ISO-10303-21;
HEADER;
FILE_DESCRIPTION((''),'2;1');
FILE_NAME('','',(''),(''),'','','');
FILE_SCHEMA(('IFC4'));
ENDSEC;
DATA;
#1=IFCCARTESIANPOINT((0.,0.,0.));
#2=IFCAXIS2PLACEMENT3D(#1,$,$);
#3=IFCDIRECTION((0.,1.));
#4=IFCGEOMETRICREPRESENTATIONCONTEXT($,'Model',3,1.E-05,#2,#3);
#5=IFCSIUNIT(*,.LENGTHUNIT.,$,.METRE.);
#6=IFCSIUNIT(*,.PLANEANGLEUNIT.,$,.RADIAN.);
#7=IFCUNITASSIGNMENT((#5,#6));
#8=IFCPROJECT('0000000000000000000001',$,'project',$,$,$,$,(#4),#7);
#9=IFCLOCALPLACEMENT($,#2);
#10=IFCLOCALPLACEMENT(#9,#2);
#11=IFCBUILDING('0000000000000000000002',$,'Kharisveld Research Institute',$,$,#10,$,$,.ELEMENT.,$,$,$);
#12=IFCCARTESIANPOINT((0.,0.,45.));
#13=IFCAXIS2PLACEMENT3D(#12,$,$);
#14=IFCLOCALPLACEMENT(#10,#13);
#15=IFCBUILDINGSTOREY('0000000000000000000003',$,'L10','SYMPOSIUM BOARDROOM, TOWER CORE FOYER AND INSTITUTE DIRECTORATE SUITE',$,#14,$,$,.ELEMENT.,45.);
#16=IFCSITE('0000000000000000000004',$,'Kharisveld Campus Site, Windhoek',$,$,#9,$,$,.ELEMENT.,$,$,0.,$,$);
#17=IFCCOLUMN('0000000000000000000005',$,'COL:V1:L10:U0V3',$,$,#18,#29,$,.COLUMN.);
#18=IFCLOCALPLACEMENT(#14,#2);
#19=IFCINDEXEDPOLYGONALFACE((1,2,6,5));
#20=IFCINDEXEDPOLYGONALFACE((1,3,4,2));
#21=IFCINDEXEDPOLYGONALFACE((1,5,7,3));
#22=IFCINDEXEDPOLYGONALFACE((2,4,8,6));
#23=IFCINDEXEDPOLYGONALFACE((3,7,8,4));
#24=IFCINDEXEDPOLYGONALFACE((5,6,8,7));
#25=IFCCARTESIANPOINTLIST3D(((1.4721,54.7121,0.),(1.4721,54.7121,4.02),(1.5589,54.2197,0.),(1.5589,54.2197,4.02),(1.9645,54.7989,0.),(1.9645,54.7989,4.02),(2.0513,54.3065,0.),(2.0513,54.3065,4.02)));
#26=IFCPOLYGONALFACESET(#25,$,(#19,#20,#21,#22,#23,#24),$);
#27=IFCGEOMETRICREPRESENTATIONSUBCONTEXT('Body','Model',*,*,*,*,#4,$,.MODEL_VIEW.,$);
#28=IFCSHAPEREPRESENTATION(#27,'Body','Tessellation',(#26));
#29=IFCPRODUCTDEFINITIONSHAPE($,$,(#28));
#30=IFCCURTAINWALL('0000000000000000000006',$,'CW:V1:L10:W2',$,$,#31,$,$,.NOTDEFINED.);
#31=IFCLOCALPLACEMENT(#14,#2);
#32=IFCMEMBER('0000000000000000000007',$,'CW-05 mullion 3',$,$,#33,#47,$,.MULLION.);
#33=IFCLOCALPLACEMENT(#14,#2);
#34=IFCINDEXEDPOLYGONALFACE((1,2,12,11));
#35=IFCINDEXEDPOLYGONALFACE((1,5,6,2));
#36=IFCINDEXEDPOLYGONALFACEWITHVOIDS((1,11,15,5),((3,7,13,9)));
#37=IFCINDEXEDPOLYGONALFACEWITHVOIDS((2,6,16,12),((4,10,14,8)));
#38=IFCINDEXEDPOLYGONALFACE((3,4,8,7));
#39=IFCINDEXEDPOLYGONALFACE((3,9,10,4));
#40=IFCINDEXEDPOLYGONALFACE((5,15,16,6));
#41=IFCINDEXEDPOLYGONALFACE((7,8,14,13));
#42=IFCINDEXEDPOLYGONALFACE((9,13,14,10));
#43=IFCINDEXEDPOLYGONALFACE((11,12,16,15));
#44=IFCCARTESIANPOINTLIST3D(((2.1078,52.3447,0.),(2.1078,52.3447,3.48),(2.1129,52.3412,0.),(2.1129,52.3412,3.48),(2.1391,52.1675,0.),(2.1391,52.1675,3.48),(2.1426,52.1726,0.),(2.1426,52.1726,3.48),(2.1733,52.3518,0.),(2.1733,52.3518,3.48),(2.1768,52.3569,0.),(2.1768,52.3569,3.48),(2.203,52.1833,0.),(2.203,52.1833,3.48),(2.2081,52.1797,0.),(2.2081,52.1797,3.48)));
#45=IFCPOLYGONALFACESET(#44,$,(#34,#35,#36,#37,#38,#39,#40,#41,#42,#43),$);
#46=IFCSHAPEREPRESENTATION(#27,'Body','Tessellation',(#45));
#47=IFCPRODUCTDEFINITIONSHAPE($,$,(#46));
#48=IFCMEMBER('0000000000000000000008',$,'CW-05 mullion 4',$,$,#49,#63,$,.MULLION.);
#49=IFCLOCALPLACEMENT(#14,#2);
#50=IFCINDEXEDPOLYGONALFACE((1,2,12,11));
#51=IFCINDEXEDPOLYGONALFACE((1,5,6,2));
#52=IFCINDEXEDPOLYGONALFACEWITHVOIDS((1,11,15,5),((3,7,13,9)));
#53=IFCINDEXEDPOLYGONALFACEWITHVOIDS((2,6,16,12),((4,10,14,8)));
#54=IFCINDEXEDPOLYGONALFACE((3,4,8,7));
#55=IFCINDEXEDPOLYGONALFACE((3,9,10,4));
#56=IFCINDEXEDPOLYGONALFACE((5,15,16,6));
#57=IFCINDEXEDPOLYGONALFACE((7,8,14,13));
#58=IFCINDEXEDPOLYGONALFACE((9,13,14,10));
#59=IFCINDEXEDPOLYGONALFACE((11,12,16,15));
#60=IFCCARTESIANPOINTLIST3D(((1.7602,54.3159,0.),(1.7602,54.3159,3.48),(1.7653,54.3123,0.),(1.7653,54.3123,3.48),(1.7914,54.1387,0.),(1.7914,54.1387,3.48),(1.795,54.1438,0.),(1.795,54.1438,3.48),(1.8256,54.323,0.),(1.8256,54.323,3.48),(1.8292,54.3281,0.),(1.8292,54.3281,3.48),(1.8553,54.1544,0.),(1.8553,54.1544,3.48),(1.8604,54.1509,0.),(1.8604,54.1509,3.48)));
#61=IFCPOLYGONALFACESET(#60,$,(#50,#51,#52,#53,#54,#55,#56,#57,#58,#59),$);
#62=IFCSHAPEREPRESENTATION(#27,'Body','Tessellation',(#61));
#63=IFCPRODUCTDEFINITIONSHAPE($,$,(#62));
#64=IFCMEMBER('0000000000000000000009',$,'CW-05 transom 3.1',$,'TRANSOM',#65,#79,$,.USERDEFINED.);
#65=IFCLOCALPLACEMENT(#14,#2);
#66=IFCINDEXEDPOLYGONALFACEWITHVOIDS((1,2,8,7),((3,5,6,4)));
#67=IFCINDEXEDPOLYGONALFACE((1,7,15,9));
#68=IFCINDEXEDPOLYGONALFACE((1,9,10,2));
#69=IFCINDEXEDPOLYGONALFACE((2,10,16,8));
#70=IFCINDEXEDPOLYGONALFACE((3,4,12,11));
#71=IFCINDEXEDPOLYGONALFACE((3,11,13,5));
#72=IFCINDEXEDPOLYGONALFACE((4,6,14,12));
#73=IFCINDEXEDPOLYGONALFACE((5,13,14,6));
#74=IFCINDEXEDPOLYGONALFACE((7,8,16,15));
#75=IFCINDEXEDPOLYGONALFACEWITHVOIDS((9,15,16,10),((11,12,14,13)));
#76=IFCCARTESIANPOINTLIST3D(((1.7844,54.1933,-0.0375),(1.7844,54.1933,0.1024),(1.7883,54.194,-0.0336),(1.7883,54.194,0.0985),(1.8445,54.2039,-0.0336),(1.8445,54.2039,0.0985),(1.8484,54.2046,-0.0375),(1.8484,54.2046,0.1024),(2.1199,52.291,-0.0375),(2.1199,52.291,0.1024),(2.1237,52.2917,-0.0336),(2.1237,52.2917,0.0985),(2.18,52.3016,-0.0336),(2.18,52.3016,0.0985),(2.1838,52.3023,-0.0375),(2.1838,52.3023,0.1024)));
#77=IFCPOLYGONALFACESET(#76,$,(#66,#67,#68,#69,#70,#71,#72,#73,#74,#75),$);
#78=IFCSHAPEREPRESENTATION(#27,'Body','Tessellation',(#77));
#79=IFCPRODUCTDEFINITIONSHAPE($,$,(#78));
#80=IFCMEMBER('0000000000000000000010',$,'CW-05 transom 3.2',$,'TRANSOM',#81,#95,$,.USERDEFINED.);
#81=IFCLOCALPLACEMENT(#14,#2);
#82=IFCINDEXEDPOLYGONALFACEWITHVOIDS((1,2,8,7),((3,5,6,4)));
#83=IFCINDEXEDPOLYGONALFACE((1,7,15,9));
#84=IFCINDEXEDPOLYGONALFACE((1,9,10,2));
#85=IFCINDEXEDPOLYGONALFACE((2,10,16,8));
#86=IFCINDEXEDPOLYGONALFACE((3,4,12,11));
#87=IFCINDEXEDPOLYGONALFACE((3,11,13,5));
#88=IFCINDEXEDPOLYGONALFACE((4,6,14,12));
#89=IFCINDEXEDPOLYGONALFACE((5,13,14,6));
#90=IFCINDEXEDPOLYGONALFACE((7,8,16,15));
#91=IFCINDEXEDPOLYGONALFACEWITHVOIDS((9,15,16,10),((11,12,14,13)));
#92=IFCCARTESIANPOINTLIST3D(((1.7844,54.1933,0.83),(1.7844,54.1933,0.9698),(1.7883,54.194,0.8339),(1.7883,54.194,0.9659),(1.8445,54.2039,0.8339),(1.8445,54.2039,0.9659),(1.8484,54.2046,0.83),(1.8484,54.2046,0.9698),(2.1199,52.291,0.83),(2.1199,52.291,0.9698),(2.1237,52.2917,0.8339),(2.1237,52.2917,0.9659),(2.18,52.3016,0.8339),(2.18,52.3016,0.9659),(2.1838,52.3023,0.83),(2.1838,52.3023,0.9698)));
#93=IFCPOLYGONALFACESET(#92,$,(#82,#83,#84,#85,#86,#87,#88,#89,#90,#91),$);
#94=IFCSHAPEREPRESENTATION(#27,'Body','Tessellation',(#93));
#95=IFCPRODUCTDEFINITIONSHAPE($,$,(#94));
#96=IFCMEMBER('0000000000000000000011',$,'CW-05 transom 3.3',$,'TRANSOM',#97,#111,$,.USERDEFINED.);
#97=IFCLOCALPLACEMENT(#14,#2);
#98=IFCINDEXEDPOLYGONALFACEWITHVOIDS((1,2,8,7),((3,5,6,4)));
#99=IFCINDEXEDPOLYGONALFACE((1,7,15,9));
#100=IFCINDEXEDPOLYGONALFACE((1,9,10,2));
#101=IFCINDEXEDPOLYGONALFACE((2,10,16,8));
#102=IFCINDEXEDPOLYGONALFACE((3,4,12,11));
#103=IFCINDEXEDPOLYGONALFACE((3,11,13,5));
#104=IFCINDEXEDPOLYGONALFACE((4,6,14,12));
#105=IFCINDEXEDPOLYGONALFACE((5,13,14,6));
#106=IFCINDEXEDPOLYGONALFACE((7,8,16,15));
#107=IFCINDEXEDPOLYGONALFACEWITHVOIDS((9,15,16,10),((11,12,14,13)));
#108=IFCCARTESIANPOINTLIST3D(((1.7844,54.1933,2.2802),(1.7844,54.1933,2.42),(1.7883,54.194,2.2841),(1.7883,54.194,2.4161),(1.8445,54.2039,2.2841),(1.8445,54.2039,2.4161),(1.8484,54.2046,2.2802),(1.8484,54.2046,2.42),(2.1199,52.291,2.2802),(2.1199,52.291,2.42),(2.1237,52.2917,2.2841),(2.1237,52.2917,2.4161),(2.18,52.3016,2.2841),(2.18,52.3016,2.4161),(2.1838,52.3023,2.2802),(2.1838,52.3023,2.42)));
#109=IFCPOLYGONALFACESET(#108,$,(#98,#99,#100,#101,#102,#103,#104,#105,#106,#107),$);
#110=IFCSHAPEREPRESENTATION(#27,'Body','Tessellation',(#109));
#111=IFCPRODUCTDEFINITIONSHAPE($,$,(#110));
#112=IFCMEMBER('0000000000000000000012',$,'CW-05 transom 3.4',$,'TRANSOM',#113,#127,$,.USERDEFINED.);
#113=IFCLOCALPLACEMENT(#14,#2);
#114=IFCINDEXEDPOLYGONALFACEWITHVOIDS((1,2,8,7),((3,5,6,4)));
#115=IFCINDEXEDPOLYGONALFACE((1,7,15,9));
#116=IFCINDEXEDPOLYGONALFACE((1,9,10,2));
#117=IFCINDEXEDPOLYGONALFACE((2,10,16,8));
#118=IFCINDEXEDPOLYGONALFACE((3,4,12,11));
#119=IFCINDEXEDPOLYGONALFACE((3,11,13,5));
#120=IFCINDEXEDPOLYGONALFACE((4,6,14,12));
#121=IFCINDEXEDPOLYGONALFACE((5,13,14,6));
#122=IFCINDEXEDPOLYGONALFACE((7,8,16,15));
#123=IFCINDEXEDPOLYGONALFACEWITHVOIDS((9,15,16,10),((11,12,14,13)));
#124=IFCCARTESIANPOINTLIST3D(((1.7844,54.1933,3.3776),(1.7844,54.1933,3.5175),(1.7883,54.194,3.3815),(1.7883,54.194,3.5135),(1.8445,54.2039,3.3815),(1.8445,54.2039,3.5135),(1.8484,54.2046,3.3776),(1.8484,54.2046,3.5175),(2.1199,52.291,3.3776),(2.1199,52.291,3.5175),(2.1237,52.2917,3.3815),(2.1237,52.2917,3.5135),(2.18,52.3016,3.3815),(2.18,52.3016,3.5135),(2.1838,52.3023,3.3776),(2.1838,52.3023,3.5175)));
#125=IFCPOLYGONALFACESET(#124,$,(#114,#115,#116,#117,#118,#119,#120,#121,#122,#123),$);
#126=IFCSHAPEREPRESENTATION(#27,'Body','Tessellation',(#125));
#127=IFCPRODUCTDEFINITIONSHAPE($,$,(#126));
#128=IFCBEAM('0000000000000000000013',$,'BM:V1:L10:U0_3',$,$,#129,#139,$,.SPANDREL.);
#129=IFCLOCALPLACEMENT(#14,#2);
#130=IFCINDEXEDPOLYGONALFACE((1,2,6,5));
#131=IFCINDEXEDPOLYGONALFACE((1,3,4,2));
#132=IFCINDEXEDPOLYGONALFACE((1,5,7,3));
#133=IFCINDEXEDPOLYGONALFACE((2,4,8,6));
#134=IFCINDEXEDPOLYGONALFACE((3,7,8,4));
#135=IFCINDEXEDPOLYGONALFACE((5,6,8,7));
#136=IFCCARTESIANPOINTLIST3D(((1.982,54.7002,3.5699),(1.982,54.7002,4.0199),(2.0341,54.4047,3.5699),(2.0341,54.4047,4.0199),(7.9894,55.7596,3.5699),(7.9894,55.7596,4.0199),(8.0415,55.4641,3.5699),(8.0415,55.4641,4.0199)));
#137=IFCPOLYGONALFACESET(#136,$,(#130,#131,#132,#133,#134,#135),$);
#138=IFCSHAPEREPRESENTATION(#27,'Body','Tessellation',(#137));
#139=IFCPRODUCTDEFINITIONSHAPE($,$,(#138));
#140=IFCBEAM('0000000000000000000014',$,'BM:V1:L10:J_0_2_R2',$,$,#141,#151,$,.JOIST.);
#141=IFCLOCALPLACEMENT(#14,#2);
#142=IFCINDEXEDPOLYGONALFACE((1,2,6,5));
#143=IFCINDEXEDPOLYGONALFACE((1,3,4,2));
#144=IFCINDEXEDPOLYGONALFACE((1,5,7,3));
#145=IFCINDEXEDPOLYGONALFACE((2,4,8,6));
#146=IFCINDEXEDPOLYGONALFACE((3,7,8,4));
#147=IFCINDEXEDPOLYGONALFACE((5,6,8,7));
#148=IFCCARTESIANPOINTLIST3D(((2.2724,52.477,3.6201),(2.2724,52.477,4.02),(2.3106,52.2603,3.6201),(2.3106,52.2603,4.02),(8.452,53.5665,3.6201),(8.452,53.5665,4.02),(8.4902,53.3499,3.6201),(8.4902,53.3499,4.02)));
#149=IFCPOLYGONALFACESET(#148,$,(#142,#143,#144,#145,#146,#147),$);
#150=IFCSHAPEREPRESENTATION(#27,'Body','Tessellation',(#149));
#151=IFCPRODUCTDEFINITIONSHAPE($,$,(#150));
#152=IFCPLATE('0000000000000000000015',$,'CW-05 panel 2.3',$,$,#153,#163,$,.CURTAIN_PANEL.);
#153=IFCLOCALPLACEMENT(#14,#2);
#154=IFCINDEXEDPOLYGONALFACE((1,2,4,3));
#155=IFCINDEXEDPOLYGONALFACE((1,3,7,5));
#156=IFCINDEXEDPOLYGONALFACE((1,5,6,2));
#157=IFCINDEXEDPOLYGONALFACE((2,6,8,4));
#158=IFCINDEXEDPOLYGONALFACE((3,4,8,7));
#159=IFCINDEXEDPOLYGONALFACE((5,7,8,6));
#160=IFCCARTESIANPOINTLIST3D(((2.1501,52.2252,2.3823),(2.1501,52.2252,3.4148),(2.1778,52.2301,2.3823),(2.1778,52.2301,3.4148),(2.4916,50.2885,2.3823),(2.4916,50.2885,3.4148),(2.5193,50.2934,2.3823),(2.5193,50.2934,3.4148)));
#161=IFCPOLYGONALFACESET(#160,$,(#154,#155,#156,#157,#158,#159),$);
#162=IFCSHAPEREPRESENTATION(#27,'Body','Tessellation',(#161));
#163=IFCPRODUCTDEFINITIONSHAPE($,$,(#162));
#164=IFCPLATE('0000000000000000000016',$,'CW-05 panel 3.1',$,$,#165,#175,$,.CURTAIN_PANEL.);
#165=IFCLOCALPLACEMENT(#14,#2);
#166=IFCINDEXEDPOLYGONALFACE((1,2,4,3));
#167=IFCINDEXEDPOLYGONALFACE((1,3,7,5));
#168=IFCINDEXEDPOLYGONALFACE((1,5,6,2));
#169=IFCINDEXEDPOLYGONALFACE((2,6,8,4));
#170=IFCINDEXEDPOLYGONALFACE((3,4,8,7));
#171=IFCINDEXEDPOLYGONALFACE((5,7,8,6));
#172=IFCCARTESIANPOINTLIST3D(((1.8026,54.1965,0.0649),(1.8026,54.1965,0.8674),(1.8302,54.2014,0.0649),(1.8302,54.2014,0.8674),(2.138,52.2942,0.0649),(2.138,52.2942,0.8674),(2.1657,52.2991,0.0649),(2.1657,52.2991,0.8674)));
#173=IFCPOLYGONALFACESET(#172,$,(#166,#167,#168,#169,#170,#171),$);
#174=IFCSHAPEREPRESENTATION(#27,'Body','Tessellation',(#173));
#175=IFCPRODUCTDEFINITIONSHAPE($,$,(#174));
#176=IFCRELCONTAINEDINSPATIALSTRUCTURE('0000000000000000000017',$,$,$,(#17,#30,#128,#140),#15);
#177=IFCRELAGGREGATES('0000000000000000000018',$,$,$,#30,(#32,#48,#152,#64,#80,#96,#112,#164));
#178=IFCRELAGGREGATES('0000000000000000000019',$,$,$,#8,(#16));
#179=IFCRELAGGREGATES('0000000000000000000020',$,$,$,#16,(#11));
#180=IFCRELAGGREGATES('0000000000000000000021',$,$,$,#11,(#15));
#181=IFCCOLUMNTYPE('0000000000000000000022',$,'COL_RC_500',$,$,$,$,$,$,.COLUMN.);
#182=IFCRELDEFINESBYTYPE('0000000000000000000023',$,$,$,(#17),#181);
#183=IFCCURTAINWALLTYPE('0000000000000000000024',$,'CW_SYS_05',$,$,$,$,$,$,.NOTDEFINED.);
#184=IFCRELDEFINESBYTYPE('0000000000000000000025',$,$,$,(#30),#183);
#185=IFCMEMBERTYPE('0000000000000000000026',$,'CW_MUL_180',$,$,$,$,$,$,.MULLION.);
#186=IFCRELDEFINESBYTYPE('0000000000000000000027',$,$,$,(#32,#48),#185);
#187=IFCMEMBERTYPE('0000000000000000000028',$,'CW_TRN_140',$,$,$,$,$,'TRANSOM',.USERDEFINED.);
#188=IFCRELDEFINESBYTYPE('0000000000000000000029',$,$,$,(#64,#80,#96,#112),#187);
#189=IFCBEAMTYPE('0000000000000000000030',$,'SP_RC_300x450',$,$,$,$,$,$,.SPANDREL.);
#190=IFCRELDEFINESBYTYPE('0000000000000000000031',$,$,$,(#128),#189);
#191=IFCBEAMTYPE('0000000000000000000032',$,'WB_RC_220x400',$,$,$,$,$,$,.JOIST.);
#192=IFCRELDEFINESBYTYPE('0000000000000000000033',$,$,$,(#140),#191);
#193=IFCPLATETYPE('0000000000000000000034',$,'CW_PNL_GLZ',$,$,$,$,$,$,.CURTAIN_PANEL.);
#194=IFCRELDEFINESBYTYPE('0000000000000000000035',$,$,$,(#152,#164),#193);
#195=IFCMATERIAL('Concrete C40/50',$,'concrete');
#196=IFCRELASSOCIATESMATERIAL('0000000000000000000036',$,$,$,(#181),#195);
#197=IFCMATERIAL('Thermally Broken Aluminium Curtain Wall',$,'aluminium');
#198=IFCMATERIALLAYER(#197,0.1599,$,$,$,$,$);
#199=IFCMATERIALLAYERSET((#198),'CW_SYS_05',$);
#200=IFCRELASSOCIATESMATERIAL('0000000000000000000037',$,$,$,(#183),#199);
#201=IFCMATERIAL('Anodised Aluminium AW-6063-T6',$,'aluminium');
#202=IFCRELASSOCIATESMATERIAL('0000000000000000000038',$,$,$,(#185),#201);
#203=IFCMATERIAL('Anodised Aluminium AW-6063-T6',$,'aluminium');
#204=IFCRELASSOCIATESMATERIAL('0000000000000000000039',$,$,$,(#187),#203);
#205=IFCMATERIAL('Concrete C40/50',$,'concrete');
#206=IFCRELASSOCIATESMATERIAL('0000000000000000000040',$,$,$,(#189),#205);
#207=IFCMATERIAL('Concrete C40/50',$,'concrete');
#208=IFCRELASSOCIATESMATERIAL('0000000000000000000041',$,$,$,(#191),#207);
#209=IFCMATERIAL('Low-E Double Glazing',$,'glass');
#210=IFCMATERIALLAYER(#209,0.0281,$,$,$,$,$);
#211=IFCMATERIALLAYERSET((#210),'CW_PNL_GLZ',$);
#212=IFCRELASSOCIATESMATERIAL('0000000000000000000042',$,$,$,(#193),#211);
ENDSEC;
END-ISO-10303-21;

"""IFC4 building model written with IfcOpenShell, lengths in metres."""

from ifc_helpers import new_model, si_unit, direction, frame, origin, origin_2d, place, context, subcontext, project, spatial, rectangle, hollow_rectangle, extrude, material, layer, layer_set, material_profile, profile_set, type_object, element, aggregate, save


model = new_model("IFC4")

# Units and contexts
model_context = context("Model", 3, precision=1e-05, world=origin(), true_north=direction((0.0, 1.0)))
body_context = subcontext(model_context, "Body", "Model", "MODEL_VIEW")
ifc_project = project(units=[si_unit("LENGTHUNIT", "METRE"), si_unit("PLANEANGLEUNIT", "RADIAN")], contexts=[model_context])

# Site, building, storey
site_placement = place(None, origin())
site = spatial("IfcSite", under=ifc_project, at=site_placement, Name="Kharisveld Campus Site, Windhoek", CompositionType="ELEMENT", RefElevation=0.0)
building_placement = place(site_placement, origin())
building = spatial("IfcBuilding", under=site, at=building_placement, Name="Kharisveld Research Institute", CompositionType="ELEMENT")
storey_placement = place(building_placement, frame((0.0, 0.0, 45.0)))
storey = spatial("IfcBuildingStorey", under=building, at=storey_placement, Name="L10", Description="SYMPOSIUM BOARDROOM, TOWER CORE FOYER AND INSTITUTE DIRECTORATE SUITE", CompositionType="ELEMENT", Elevation=45.0)

# Column
ifc_material_1 = material(Name="Concrete C40/50", Category="concrete")
ifc_material_profile_1 = material_profile(ifc_material_1, rectangle(XDim=0.5, YDim=0.5, at=origin_2d()))
ifc_profile_set_1 = profile_set([ifc_material_profile_1], Name="Concrete C40/50")
column_type = type_object("IfcColumnType", Name="COL_RC_500", PredefinedType="COLUMN", material=ifc_profile_set_1)
column_placement = place(storey_placement, frame((1.7617, 54.5093, 0.0), z_axis=(0.0, 0.0, 1.0), x_axis=(0.984808, 0.173648, 0.0)))
element("IfcColumn", 1, at=column_placement, inside=storey, type_object=column_type, Name="COL:V1:L10:U0V3", PredefinedType="COLUMN", context=body_context, shape_type="SweptSolid", body=[
    extrude(rectangle(XDim=0.5, YDim=0.5, at=origin_2d()), origin(), (0.0, 0.0, 1.0), 4.02),
])

# Curtain wall, members
ifc_material_2 = material(Name="Thermally Broken Aluminium Curtain Wall", Category="aluminium")
ifc_layer_1 = layer(ifc_material_2, 0.1599)
ifc_layer_set_1 = layer_set([ifc_layer_1], Name="CW_SYS_05")
curtain_wall_type = type_object("IfcCurtainWallType", Name="CW_SYS_05", PredefinedType="NOTDEFINED", material=ifc_layer_set_1)
curtain_wall_placement = place(storey_placement, origin())
curtain_wall = element("IfcCurtainWall", 2, at=curtain_wall_placement, inside=storey, type_object=curtain_wall_type, Name="CW:V1:L10:W2", PredefinedType="NOTDEFINED")
ifc_material_3 = material(Name="Anodised Aluminium AW-6063-T6", Category="aluminium")
ifc_material_profile_2 = material_profile(ifc_material_3, hollow_rectangle(XDim=0.0701, YDim=0.1799, WallThickness=0.0044, at=origin_2d()))
ifc_profile_set_2 = profile_set([ifc_material_profile_2], Name="Anodised Aluminium AW-6063-T6")
member_type_1 = type_object("IfcMemberType", Name="CW_MUL_180", PredefinedType="MULLION", material=ifc_profile_set_2)
member_1_placement = place(storey_placement, frame((2.158, 52.2622, 0.0), z_axis=(0.0, 0.0, 1.0), x_axis=(-0.984808, -0.173648, 0.0)))
member_1 = element("IfcMember", 3, at=member_1_placement, type_object=member_type_1, Name="CW-05 mullion 3", PredefinedType="MULLION", context=body_context, shape_type="SweptSolid", body=[
    extrude(hollow_rectangle(XDim=0.0701, YDim=0.1799, WallThickness=0.0044, at=origin_2d()), origin(), (0.0, 0.0, 1.0), 3.48),
])
member_2_placement = place(storey_placement, frame((1.8103, 54.2334, 0.0), z_axis=(0.0, 0.0, 1.0), x_axis=(-0.984808, -0.173648, 0.0)))
member_2 = element("IfcMember", 4, at=member_2_placement, type_object=member_type_1, Name="CW-05 mullion 4", PredefinedType="MULLION", context=body_context, shape_type="SweptSolid", body=[
    extrude(hollow_rectangle(XDim=0.0701, YDim=0.1799, WallThickness=0.0044, at=origin_2d()), origin(), (0.0, 0.0, 1.0), 3.48),
])
ifc_material_4 = material(Name="Anodised Aluminium AW-6063-T6", Category="aluminium")
ifc_material_profile_3 = material_profile(ifc_material_4, hollow_rectangle(XDim=0.0649, YDim=0.1399, WallThickness=0.0039, at=origin_2d()))
ifc_profile_set_3 = profile_set([ifc_material_profile_3], Name="Anodised Aluminium AW-6063-T6")
member_type_2 = type_object("IfcMemberType", Name="CW_TRN_140", ElementType="TRANSOM", PredefinedType="USERDEFINED", material=ifc_profile_set_3)
member_3_placement = place(storey_placement, frame((2.1519, 52.2966, 0.0325), z_axis=(-0.173656, 0.984806, 0.0), x_axis=(-0.984806, -0.173656, 0.0)))
member_3 = element("IfcMember", 5, at=member_3_placement, type_object=member_type_2, Name="CW-05 transom 3.1", ObjectType="TRANSOM", PredefinedType="USERDEFINED", context=body_context, shape_type="SweptSolid", body=[
    extrude(hollow_rectangle(XDim=0.0649, YDim=0.1399, WallThickness=0.0039, at=origin_2d()), origin(), (0.0, 0.0, 1.0), 1.9316),
])
member_4_placement = place(storey_placement, frame((2.1519, 52.2966, 0.8999), z_axis=(-0.173656, 0.984806, 0.0), x_axis=(-0.984806, -0.173656, 0.0)))
member_4 = element("IfcMember", 6, at=member_4_placement, type_object=member_type_2, Name="CW-05 transom 3.2", ObjectType="TRANSOM", PredefinedType="USERDEFINED", context=body_context, shape_type="SweptSolid", body=[
    extrude(hollow_rectangle(XDim=0.0649, YDim=0.1399, WallThickness=0.0039, at=origin_2d()), origin(), (0.0, 0.0, 1.0), 1.9316),
])
member_5_placement = place(storey_placement, frame((2.1519, 52.2966, 2.3501), z_axis=(-0.173656, 0.984806, 0.0), x_axis=(-0.984806, -0.173656, 0.0)))
member_5 = element("IfcMember", 7, at=member_5_placement, type_object=member_type_2, Name="CW-05 transom 3.3", ObjectType="TRANSOM", PredefinedType="USERDEFINED", context=body_context, shape_type="SweptSolid", body=[
    extrude(hollow_rectangle(XDim=0.0649, YDim=0.1399, WallThickness=0.0039, at=origin_2d()), origin(), (0.0, 0.0, 1.0), 1.9316),
])
member_6_placement = place(storey_placement, frame((2.1519, 52.2966, 3.4475), z_axis=(-0.173656, 0.984806, 0.0), x_axis=(-0.984806, -0.173656, 0.0)))
member_6 = element("IfcMember", 8, at=member_6_placement, type_object=member_type_2, Name="CW-05 transom 3.4", ObjectType="TRANSOM", PredefinedType="USERDEFINED", context=body_context, shape_type="SweptSolid", body=[
    extrude(hollow_rectangle(XDim=0.0649, YDim=0.1399, WallThickness=0.0039, at=origin_2d()), origin(), (0.0, 0.0, 1.0), 1.9316),
])

# Beams
ifc_material_5 = material(Name="Concrete C40/50", Category="concrete")
ifc_material_profile_4 = material_profile(ifc_material_5, rectangle(XDim=0.3, YDim=0.45, at=origin_2d()))
ifc_profile_set_4 = profile_set([ifc_material_profile_4], Name="Concrete C40/50")
beam_type_1 = type_object("IfcBeamType", Name="SP_RC_300x450", PredefinedType="SPANDREL", material=ifc_profile_set_4)
beam_1_placement = place(storey_placement, frame((2.0081, 54.5525, 3.7949), z_axis=(0.984806, 0.17366, 0.0), x_axis=(-0.17366, 0.984806, 0.0)))
element("IfcBeam", 9, at=beam_1_placement, inside=storey, type_object=beam_type_1, Name="BM:V1:L10:U0_3", PredefinedType="SPANDREL", context=body_context, shape_type="SweptSolid", body=[
    extrude(rectangle(XDim=0.3, YDim=0.45, at=origin_2d()), origin(), (0.0, 0.0, 1.0), 6.1001),
])
ifc_material_6 = material(Name="Concrete C40/50", Category="concrete")
ifc_material_profile_5 = material_profile(ifc_material_6, rectangle(XDim=0.22, YDim=0.3999, at=origin_2d()))
ifc_profile_set_5 = profile_set([ifc_material_profile_5], Name="Concrete C40/50")
beam_type_2 = type_object("IfcBeamType", Name="WB_RC_220x400", PredefinedType="JOIST", material=ifc_profile_set_5)
beam_2_placement = place(storey_placement, frame((2.2915, 52.3687, 3.8201), z_axis=(0.984809, 0.173641, 0.0), x_axis=(-0.173641, 0.984809, 0.0)))
element("IfcBeam", 10, at=beam_2_placement, inside=storey, type_object=beam_type_2, Name="BM:V1:L10:J_0_2_R2", PredefinedType="JOIST", context=body_context, shape_type="SweptSolid", body=[
    extrude(rectangle(XDim=0.22, YDim=0.3999, at=origin_2d()), origin(), (0.0, 0.0, 1.0), 6.2749),
])

# Plates
ifc_material_7 = material(Name="Low-E Double Glazing", Category="glass")
ifc_layer_2 = layer(ifc_material_7, 0.0281)
ifc_layer_set_2 = layer_set([ifc_layer_2], Name="CW_PNL_GLZ")
plate_type = type_object("IfcPlateType", Name="CW_PNL_GLZ", PredefinedType="CURTAIN_PANEL", material=ifc_layer_set_2)
plate_1_placement = place(storey_placement, frame((2.3347, 51.2593, 2.3823), z_axis=(0.0, 0.0, 1.0), x_axis=(-0.173648, 0.984808, 0.0)))
plate_1 = element("IfcPlate", 11, at=plate_1_placement, type_object=plate_type, Name="CW-05 panel 2.3", PredefinedType="CURTAIN_PANEL", context=body_context, shape_type="SweptSolid", body=[
    extrude(rectangle(XDim=1.9666, YDim=0.0281, at=origin_2d()), origin(), (0.0, 0.0, 1.0), 1.0325),
])
plate_2_placement = place(storey_placement, frame((1.9841, 53.2478, 0.0649), z_axis=(0.0, 0.0, 1.0), x_axis=(-0.173648, 0.984808, 0.0)))
plate_2 = element("IfcPlate", 12, at=plate_2_placement, type_object=plate_type, Name="CW-05 panel 3.1", PredefinedType="CURTAIN_PANEL", context=body_context, shape_type="SweptSolid", body=[
    extrude(rectangle(XDim=1.9316, YDim=0.0281, at=origin_2d()), origin(), (0.0, 0.0, 1.0), 0.8025),
])
aggregate(curtain_wall, [member_1, member_2, plate_1, member_3, member_4, member_5, member_6, plate_2])

save(model, "model.ifc")
